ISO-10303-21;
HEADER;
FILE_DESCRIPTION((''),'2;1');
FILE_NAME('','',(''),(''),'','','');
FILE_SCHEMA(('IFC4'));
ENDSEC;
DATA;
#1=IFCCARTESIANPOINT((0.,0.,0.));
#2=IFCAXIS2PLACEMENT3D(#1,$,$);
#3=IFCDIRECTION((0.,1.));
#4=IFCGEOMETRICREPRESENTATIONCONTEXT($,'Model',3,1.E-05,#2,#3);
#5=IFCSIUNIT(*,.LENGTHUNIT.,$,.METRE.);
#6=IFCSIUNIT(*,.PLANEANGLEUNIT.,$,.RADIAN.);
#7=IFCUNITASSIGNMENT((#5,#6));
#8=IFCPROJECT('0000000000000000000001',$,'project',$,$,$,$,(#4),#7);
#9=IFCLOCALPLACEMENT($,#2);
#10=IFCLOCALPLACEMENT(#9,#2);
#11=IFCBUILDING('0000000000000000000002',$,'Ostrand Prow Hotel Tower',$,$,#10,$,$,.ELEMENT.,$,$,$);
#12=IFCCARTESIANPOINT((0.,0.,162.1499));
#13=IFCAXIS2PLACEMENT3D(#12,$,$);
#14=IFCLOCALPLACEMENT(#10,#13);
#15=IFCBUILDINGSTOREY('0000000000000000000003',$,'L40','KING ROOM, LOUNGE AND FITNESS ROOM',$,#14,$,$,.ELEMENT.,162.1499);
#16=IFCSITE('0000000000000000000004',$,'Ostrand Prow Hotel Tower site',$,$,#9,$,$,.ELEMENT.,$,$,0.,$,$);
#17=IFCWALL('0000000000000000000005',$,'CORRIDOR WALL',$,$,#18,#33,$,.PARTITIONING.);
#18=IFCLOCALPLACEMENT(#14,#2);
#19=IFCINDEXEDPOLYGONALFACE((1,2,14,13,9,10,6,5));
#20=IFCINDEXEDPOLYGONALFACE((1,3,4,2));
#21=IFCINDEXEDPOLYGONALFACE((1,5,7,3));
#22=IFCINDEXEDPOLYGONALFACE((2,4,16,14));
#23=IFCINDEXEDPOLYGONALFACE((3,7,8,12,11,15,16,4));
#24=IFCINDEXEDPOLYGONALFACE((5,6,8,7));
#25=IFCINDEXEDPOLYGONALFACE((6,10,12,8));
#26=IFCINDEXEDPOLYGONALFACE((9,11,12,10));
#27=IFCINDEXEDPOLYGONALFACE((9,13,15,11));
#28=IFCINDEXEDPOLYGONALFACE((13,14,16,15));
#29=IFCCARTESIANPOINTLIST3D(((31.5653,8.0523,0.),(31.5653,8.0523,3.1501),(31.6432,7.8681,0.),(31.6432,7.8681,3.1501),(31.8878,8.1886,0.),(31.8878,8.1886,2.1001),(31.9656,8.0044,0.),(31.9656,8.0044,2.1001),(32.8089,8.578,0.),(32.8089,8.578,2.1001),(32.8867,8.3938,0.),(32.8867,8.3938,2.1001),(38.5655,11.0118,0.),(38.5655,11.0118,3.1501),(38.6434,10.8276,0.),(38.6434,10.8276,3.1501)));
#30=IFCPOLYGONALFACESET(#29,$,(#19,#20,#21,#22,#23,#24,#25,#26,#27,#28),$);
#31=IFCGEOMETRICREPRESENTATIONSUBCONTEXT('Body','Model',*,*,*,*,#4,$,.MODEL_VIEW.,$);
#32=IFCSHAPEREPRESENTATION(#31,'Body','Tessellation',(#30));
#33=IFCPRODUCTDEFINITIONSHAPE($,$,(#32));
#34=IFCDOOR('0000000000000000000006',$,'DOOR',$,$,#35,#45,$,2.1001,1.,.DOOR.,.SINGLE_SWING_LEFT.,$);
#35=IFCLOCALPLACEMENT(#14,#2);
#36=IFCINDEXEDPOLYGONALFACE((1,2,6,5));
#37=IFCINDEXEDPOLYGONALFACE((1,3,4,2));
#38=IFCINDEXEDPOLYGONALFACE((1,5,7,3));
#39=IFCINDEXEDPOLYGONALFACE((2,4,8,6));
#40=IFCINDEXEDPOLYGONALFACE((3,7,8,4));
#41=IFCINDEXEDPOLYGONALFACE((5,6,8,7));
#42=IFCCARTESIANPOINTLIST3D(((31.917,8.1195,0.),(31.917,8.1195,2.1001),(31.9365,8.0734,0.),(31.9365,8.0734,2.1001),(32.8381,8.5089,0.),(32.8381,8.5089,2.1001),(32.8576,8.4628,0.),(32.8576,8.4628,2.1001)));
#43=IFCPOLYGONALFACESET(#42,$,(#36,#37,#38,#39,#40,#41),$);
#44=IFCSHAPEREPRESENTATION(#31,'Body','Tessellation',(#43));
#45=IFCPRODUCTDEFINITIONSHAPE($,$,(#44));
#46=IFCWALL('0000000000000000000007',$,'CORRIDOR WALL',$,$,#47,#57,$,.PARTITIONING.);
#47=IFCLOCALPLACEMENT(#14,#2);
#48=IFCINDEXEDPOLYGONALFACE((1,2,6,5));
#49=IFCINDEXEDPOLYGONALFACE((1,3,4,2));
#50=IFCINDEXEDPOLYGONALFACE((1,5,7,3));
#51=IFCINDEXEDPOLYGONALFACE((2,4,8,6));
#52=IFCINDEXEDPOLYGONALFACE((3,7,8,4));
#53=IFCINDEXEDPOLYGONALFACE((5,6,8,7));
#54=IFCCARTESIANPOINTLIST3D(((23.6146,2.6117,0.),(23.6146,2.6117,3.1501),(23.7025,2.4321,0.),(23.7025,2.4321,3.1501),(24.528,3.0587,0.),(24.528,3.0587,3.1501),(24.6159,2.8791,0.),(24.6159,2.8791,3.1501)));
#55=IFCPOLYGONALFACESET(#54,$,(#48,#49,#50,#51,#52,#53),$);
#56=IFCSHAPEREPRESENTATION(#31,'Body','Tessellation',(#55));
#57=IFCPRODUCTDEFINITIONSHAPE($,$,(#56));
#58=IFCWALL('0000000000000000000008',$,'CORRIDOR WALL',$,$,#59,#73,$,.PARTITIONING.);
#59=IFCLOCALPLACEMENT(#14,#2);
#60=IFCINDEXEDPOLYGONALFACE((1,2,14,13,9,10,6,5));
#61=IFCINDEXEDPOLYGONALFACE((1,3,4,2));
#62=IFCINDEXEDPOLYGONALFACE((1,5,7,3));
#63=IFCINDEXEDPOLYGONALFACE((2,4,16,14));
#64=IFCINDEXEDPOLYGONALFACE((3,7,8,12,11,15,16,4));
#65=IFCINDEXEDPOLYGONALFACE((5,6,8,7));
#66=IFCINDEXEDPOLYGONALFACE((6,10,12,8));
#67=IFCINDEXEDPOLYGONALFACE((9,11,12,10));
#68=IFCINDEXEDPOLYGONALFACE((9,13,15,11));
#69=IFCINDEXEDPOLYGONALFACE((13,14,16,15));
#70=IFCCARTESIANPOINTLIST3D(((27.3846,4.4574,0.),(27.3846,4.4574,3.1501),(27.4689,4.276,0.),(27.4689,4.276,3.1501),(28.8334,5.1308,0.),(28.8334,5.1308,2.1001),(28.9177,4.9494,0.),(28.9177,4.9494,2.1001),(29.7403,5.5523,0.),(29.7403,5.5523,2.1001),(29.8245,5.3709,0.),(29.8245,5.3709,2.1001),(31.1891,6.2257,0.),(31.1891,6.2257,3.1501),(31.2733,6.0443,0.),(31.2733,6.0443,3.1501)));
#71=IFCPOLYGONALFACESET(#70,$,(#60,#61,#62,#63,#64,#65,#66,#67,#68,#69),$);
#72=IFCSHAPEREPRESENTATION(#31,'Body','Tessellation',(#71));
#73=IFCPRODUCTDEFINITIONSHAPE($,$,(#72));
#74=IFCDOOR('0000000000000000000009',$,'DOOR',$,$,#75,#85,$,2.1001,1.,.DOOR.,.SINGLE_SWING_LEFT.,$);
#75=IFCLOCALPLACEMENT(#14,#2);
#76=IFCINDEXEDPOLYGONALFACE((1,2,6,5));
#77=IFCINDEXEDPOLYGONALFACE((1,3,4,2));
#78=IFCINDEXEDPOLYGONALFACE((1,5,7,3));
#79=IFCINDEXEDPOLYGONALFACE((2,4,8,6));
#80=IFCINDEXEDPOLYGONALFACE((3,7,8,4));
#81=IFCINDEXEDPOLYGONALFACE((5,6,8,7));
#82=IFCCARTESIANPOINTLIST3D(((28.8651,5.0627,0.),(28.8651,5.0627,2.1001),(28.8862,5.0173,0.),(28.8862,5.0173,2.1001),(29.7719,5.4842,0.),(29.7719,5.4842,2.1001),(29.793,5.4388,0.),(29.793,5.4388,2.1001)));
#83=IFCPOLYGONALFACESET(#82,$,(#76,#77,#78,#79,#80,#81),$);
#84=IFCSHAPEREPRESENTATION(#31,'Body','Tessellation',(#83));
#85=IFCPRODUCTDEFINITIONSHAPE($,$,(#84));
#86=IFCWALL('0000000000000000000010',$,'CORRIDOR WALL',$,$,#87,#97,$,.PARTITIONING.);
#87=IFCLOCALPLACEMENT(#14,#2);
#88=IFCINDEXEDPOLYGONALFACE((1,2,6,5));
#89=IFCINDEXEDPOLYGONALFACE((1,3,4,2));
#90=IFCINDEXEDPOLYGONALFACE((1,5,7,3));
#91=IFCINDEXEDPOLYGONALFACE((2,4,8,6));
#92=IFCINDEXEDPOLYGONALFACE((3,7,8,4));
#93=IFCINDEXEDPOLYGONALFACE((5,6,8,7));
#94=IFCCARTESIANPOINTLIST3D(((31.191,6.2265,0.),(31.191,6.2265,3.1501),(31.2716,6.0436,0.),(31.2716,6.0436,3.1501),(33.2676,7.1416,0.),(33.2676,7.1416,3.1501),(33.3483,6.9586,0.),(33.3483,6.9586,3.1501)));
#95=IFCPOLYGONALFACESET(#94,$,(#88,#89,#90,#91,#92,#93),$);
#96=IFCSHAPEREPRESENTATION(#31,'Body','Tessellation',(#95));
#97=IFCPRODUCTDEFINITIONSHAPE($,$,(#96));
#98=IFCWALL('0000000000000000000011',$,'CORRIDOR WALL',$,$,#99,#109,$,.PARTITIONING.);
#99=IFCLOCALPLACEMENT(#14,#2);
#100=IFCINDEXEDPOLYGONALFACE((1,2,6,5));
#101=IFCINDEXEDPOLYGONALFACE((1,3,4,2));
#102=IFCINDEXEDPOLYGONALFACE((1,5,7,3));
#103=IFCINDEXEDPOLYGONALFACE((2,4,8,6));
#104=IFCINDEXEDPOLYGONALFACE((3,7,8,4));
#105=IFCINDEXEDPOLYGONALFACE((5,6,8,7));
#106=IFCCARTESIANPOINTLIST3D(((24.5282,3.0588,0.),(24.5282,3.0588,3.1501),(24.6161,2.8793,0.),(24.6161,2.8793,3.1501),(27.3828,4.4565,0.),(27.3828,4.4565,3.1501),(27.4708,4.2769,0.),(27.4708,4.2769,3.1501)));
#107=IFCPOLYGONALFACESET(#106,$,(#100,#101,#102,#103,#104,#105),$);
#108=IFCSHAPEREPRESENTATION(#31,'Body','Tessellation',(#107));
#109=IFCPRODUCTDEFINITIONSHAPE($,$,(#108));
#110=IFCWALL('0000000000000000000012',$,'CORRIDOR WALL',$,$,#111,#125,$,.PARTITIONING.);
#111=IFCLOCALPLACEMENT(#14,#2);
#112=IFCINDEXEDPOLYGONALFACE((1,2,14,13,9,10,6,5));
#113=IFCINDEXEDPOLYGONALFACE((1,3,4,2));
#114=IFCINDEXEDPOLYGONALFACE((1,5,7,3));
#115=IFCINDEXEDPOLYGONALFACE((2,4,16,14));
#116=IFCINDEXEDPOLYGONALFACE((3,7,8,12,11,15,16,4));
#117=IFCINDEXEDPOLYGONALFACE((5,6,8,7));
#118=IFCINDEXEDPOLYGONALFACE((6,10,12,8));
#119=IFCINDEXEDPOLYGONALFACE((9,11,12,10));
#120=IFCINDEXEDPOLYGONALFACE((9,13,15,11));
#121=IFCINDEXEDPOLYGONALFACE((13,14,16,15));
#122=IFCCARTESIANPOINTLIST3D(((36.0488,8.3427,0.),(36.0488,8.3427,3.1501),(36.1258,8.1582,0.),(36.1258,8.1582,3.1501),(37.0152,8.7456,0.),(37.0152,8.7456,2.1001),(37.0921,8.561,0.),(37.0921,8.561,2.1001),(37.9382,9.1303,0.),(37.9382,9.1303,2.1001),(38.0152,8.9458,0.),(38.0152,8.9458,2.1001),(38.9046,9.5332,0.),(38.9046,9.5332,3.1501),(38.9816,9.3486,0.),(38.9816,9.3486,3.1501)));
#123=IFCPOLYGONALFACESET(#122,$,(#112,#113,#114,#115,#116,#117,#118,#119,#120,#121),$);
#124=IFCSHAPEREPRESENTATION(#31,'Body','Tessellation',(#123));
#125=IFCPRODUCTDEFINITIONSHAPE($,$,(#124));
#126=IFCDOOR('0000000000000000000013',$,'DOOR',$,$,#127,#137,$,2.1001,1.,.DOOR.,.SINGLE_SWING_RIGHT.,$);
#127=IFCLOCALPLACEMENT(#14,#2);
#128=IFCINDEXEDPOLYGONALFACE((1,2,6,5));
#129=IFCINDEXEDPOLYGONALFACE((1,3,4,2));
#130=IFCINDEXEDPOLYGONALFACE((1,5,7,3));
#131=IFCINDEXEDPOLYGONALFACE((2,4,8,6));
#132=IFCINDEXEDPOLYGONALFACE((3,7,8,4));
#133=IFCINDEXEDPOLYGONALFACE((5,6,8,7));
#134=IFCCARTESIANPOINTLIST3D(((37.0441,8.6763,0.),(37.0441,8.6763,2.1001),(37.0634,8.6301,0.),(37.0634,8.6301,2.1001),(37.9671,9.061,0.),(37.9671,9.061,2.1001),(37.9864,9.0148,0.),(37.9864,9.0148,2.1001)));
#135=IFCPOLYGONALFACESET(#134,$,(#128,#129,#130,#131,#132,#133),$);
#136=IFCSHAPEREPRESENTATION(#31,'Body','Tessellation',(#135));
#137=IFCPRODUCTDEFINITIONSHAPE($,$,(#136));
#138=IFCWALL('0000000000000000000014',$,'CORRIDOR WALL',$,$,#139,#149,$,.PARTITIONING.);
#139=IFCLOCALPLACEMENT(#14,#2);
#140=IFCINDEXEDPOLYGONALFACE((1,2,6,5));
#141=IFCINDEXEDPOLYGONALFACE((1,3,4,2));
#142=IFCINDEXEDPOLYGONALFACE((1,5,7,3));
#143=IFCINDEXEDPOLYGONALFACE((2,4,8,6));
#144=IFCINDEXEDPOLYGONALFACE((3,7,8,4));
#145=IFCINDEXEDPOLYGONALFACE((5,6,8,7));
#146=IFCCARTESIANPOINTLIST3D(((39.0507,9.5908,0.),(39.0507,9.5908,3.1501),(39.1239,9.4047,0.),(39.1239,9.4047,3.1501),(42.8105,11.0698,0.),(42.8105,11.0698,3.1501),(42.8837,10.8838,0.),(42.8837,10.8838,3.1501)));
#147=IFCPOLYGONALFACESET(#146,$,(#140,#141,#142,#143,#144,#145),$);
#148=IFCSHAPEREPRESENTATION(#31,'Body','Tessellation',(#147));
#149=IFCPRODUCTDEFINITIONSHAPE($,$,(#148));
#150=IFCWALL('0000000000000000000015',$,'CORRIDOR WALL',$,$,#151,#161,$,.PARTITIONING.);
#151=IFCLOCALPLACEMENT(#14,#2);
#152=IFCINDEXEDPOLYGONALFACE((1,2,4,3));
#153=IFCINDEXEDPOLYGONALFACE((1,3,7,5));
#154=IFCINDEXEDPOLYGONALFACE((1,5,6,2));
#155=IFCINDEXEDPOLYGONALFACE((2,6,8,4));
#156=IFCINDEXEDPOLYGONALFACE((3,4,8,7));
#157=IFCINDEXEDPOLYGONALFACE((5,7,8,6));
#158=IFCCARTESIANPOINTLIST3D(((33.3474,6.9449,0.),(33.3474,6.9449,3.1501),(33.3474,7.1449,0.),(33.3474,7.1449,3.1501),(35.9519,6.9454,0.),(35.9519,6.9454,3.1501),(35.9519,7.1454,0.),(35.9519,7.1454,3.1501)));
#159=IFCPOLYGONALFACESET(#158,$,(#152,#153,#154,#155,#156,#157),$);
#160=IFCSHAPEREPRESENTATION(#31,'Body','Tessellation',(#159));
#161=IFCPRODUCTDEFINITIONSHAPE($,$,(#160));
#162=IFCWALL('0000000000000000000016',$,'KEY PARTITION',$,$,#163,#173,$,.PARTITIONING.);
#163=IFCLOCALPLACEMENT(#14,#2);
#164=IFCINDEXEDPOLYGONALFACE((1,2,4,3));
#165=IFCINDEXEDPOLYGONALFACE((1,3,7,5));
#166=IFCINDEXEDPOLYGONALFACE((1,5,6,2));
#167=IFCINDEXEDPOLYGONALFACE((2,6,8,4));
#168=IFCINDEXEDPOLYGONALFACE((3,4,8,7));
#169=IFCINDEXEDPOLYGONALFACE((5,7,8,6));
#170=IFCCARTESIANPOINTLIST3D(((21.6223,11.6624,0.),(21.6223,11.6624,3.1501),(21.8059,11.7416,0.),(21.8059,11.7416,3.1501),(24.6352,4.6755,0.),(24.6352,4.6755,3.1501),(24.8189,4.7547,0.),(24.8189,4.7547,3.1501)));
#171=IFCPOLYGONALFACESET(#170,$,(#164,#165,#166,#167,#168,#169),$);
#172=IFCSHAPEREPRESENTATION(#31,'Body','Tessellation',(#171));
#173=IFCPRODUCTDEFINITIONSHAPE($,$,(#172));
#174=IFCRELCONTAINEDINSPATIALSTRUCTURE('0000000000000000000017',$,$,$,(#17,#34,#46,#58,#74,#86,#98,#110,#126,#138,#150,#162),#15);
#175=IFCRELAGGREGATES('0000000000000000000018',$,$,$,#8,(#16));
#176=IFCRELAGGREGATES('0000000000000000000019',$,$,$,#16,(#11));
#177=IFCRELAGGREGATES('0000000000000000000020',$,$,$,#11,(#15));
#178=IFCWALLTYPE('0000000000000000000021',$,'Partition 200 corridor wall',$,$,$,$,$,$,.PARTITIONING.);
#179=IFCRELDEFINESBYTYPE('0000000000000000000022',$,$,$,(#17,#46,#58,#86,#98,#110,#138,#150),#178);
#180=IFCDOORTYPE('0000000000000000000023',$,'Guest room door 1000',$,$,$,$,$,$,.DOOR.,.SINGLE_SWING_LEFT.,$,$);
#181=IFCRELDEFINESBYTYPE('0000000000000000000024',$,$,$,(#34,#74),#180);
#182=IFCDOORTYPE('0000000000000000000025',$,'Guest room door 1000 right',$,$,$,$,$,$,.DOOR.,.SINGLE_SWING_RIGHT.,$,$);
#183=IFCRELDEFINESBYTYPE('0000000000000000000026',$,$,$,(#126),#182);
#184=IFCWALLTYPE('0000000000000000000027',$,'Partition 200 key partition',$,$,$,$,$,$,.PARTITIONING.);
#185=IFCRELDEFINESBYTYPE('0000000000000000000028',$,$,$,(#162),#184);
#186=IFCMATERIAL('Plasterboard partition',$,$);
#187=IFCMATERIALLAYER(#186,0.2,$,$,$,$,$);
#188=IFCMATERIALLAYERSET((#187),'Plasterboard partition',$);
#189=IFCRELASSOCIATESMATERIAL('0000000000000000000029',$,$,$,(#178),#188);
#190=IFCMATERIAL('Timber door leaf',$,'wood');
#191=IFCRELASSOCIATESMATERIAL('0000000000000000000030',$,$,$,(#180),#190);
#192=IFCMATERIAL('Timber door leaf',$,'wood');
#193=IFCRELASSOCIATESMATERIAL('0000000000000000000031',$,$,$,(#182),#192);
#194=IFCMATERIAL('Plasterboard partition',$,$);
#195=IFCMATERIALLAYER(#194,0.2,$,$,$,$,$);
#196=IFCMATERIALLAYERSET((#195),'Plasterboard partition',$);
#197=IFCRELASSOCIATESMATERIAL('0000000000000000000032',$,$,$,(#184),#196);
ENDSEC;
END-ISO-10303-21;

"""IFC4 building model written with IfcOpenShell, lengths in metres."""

from ifc_helpers import new_model, si_unit, direction, frame, frame_2d, origin, place, context, subcontext, project, spatial, rectangle, extrude, material, layer, layer_set, type_object, element, fill, save


model = new_model("IFC4")

# Units and contexts
model_context = context("Model", 3, precision=1e-05, world=origin(), true_north=direction((0.0, 1.0)))
body_context = subcontext(model_context, "Body", "Model", "MODEL_VIEW")
ifc_project = project(units=[si_unit("LENGTHUNIT", "METRE"), si_unit("PLANEANGLEUNIT", "RADIAN")], contexts=[model_context])

# Site, building, storey
site_placement = place(None, origin())
site = spatial("IfcSite", under=ifc_project, at=site_placement, Name="Ostrand Prow Hotel Tower site", CompositionType="ELEMENT", RefElevation=0.0)
building_placement = place(site_placement, origin())
building = spatial("IfcBuilding", under=site, at=building_placement, Name="Ostrand Prow Hotel Tower", CompositionType="ELEMENT")
storey_placement = place(building_placement, frame((0.0, 0.0, 162.1499)))
storey = spatial("IfcBuildingStorey", under=building, at=storey_placement, Name="L40", Description="KING ROOM, LOUNGE AND FITNESS ROOM", CompositionType="ELEMENT", Elevation=162.1499)

# Wall, opening, door
ifc_material_1 = material(Name="Plasterboard partition")
ifc_layer_1 = layer(ifc_material_1, 0.2)
ifc_layer_set_1 = layer_set([ifc_layer_1], Name="Plasterboard partition")
wall_type_1 = type_object("IfcWallType", Name="Partition 200 corridor wall", PredefinedType="PARTITIONING", material=ifc_layer_set_1)
ifc_material_2 = material(Name="Timber door leaf", Category="wood")
door_type_1 = type_object("IfcDoorType", Name="Guest room door 1000", OperationType="SINGLE_SWING_LEFT", PredefinedType="DOOR", material=ifc_material_2)
wall_1_placement = place(storey_placement, frame((31.6042, 7.9602, 0.0), z_axis=(0.0, 0.0, 1.0), x_axis=(0.92107, 0.389398, 0.0)))
wall_1 = element("IfcWall", 1, at=wall_1_placement, inside=storey, type_object=wall_type_1, Name="CORRIDOR WALL", PredefinedType="PARTITIONING", context=body_context, shape_type="SweptSolid", body=[
    extrude(rectangle(XDim=7.6001, YDim=0.2, at=frame_2d((3.8, 0.0))), origin(), (0.0, 0.0, 1.0), 3.1501),
])
opening_1_placement = place(wall_1_placement, frame((0.3501, 0.0, 0.0)))
opening_1 = element("IfcOpeningElement", 2, at=opening_1_placement, cuts=wall_1, PredefinedType="OPENING", context=body_context, shape_type="SweptSolid", body=[
    extrude(rectangle(XDim=1.0, YDim=2.1001, at=frame_2d((0.5, 1.05))), frame((0.0, 0.1099, 0.0), z_axis=(0.0, -1.0, 0.0), x_axis=(1.0, 0.0, 0.0)), (0.0, 0.0, 1.0), 0.22),
])
door_1_placement = place(opening_1_placement, origin())
door_1 = element("IfcDoor", 3, at=door_1_placement, inside=storey, type_object=door_type_1, Name="DOOR", OperationType="SINGLE_SWING_LEFT", OverallHeight=2.1001, OverallWidth=1.0, PredefinedType="DOOR", context=body_context, shape_type="SweptSolid", body=[
    extrude(rectangle(XDim=1.0, YDim=2.1001, at=frame_2d((0.5, 1.05))), frame((0.0, 0.0249, 0.0), z_axis=(0.0, -1.0, 0.0), x_axis=(1.0, 0.0, 0.0)), (0.0, 0.0, 1.0), 0.05),
])
fill(opening_1, door_1)

# Wall
wall_2_placement = place(storey_placement, frame((23.6587, 2.522, 0.0), z_axis=(0.0, 0.0, 1.0), x_axis=(0.898188, 0.439611, 0.0)))
element("IfcWall", 4, at=wall_2_placement, inside=storey, type_object=wall_type_1, Name="CORRIDOR WALL", PredefinedType="PARTITIONING", context=body_context, shape_type="SweptSolid", body=[
    extrude(rectangle(XDim=1.0168, YDim=0.2, at=frame_2d((0.5083, 0.0))), origin(), (0.0, 0.0, 1.0), 3.1501),
])

# Wall, opening, door
wall_3_placement = place(storey_placement, frame((27.4268, 4.3667, 0.0), z_axis=(0.0, 0.0, 1.0), x_axis=(0.90683, 0.421496, 0.0)))
wall_3 = element("IfcWall", 5, at=wall_3_placement, inside=storey, type_object=wall_type_1, Name="CORRIDOR WALL", PredefinedType="PARTITIONING", context=body_context, shape_type="SweptSolid", body=[
    extrude(rectangle(XDim=4.1953, YDim=0.2, at=frame_2d((2.0977, 0.0))), origin(), (0.0, 0.0, 1.0), 3.1501),
])
opening_2_placement = place(wall_3_placement, frame((1.5977, 0.0, 0.0)))
opening_2 = element("IfcOpeningElement", 6, at=opening_2_placement, cuts=wall_3, PredefinedType="OPENING", context=body_context, shape_type="SweptSolid", body=[
    extrude(rectangle(XDim=1.0, YDim=2.1001, at=frame_2d((0.5, 1.05))), frame((0.0, 0.1099, 0.0), z_axis=(0.0, -1.0, 0.0), x_axis=(1.0, 0.0, 0.0)), (0.0, 0.0, 1.0), 0.22),
])
door_2_placement = place(opening_2_placement, origin())
door_2 = element("IfcDoor", 7, at=door_2_placement, inside=storey, type_object=door_type_1, Name="DOOR", OperationType="SINGLE_SWING_LEFT", OverallHeight=2.1001, OverallWidth=1.0, PredefinedType="DOOR", context=body_context, shape_type="SweptSolid", body=[
    extrude(rectangle(XDim=1.0, YDim=2.1001, at=frame_2d((0.5, 1.05))), frame((0.0, 0.0249, 0.0), z_axis=(0.0, -1.0, 0.0), x_axis=(1.0, 0.0, 0.0)), (0.0, 0.0, 1.0), 0.05),
])
fill(opening_2, door_2)

# Walls
wall_4_placement = place(storey_placement, frame((31.2312, 6.135, 0.0), z_axis=(0.0, 0.0, 1.0), x_axis=(0.915102, 0.403222, 0.0)))
element("IfcWall", 8, at=wall_4_placement, inside=storey, type_object=wall_type_1, Name="CORRIDOR WALL", PredefinedType="PARTITIONING", context=body_context, shape_type="SweptSolid", body=[
    extrude(rectangle(XDim=2.2693, YDim=0.2, at=frame_2d((1.1348, 0.0))), origin(), (0.0, 0.0, 1.0), 3.1501),
])
wall_5_placement = place(storey_placement, frame((24.572, 2.969, 0.0), z_axis=(0.0, 0.0, 1.0), x_axis=(0.898129, 0.439732, 0.0)))
element("IfcWall", 9, at=wall_5_placement, inside=storey, type_object=wall_type_1, Name="CORRIDOR WALL", PredefinedType="PARTITIONING", context=body_context, shape_type="SweptSolid", body=[
    extrude(rectangle(XDim=3.1785, YDim=0.2, at=frame_2d((1.5894, 0.0))), origin(), (0.0, 0.0, 1.0), 3.1501),
])

# Wall, opening, door
wall_6_placement = place(storey_placement, frame((36.0874, 8.2505, 0.0), z_axis=(0.0, 0.0, 1.0), x_axis=(0.923014, 0.384767, 0.0)))
wall_6 = element("IfcWall", 10, at=wall_6_placement, inside=storey, type_object=wall_type_1, Name="CORRIDOR WALL", PredefinedType="PARTITIONING", context=body_context, shape_type="SweptSolid", body=[
    extrude(rectangle(XDim=3.094, YDim=0.2, at=frame_2d((1.5469, 0.0))), origin(), (0.0, 0.0, 1.0), 3.1501),
])
opening_3_placement = place(wall_6_placement, frame((1.0469, 0.0, 0.0)))
opening_3 = element("IfcOpeningElement", 11, at=opening_3_placement, cuts=wall_6, PredefinedType="OPENING", context=body_context, shape_type="SweptSolid", body=[
    extrude(rectangle(XDim=1.0, YDim=2.1001, at=frame_2d((0.5, 1.05))), frame((0.0, 0.1099, 0.0), z_axis=(0.0, -1.0, 0.0), x_axis=(1.0, 0.0, 0.0)), (0.0, 0.0, 1.0), 0.22),
])
ifc_material_3 = material(Name="Timber door leaf", Category="wood")
door_type_2 = type_object("IfcDoorType", Name="Guest room door 1000 right", OperationType="SINGLE_SWING_RIGHT", PredefinedType="DOOR", material=ifc_material_3)
door_3_placement = place(opening_3_placement, origin())
door_3 = element("IfcDoor", 12, at=door_3_placement, inside=storey, type_object=door_type_2, Name="DOOR", OperationType="SINGLE_SWING_RIGHT", OverallHeight=2.1001, OverallWidth=1.0, PredefinedType="DOOR", context=body_context, shape_type="SweptSolid", body=[
    extrude(rectangle(XDim=1.0, YDim=2.1001, at=frame_2d((0.5, 1.05))), frame((0.0, 0.0249, 0.0), z_axis=(0.0, -1.0, 0.0), x_axis=(1.0, 0.0, 0.0)), (0.0, 0.0, 1.0), 0.05),
])
fill(opening_3, door_3)

# Walls
wall_7_placement = place(storey_placement, frame((39.0874, 9.4978, 0.0), z_axis=(0.0, 0.0, 1.0), x_axis=(0.930587, 0.366071, 0.0)))
element("IfcWall", 13, at=wall_7_placement, inside=storey, type_object=wall_type_1, Name="CORRIDOR WALL", PredefinedType="PARTITIONING", context=body_context, shape_type="SweptSolid", body=[
    extrude(rectangle(XDim=4.0403, YDim=0.2, at=frame_2d((2.02, 0.0))), origin(), (0.0, 0.0, 1.0), 3.1501),
])
wall_8_placement = place(storey_placement, frame((33.3474, 7.0449, 0.0), z_axis=(0.0, 0.0, 1.0), x_axis=(1.0, 0.000187, 0.0)))
element("IfcWall", 14, at=wall_8_placement, inside=storey, type_object=wall_type_1, Name="CORRIDOR WALL", PredefinedType="PARTITIONING", context=body_context, shape_type="SweptSolid", body=[
    extrude(rectangle(XDim=2.6045, YDim=0.2, at=frame_2d((1.3022, 0.0))), origin(), (0.0, 0.0, 1.0), 3.1501),
])
ifc_material_4 = material(Name="Plasterboard partition")
ifc_layer_2 = layer(ifc_material_4, 0.2)
ifc_layer_set_2 = layer_set([ifc_layer_2], Name="Plasterboard partition")
wall_type_2 = type_object("IfcWallType", Name="Partition 200 key partition", PredefinedType="PARTITIONING", material=ifc_layer_set_2)
wall_9_placement = place(storey_placement, frame((24.7271, 4.7151, 0.0), z_axis=(0.0, 0.0, 1.0), x_axis=(-0.395982, 0.918258, 0.0)))
element("IfcWall", 15, at=wall_9_placement, inside=storey, type_object=wall_type_2, Name="KEY PARTITION", PredefinedType="PARTITIONING", context=body_context, shape_type="SweptSolid", body=[
    extrude(rectangle(XDim=7.6089, YDim=0.2, at=frame_2d((3.8044, 0.0))), origin(), (0.0, 0.0, 1.0), 3.1501),
])

save(model, "model.ifc")
